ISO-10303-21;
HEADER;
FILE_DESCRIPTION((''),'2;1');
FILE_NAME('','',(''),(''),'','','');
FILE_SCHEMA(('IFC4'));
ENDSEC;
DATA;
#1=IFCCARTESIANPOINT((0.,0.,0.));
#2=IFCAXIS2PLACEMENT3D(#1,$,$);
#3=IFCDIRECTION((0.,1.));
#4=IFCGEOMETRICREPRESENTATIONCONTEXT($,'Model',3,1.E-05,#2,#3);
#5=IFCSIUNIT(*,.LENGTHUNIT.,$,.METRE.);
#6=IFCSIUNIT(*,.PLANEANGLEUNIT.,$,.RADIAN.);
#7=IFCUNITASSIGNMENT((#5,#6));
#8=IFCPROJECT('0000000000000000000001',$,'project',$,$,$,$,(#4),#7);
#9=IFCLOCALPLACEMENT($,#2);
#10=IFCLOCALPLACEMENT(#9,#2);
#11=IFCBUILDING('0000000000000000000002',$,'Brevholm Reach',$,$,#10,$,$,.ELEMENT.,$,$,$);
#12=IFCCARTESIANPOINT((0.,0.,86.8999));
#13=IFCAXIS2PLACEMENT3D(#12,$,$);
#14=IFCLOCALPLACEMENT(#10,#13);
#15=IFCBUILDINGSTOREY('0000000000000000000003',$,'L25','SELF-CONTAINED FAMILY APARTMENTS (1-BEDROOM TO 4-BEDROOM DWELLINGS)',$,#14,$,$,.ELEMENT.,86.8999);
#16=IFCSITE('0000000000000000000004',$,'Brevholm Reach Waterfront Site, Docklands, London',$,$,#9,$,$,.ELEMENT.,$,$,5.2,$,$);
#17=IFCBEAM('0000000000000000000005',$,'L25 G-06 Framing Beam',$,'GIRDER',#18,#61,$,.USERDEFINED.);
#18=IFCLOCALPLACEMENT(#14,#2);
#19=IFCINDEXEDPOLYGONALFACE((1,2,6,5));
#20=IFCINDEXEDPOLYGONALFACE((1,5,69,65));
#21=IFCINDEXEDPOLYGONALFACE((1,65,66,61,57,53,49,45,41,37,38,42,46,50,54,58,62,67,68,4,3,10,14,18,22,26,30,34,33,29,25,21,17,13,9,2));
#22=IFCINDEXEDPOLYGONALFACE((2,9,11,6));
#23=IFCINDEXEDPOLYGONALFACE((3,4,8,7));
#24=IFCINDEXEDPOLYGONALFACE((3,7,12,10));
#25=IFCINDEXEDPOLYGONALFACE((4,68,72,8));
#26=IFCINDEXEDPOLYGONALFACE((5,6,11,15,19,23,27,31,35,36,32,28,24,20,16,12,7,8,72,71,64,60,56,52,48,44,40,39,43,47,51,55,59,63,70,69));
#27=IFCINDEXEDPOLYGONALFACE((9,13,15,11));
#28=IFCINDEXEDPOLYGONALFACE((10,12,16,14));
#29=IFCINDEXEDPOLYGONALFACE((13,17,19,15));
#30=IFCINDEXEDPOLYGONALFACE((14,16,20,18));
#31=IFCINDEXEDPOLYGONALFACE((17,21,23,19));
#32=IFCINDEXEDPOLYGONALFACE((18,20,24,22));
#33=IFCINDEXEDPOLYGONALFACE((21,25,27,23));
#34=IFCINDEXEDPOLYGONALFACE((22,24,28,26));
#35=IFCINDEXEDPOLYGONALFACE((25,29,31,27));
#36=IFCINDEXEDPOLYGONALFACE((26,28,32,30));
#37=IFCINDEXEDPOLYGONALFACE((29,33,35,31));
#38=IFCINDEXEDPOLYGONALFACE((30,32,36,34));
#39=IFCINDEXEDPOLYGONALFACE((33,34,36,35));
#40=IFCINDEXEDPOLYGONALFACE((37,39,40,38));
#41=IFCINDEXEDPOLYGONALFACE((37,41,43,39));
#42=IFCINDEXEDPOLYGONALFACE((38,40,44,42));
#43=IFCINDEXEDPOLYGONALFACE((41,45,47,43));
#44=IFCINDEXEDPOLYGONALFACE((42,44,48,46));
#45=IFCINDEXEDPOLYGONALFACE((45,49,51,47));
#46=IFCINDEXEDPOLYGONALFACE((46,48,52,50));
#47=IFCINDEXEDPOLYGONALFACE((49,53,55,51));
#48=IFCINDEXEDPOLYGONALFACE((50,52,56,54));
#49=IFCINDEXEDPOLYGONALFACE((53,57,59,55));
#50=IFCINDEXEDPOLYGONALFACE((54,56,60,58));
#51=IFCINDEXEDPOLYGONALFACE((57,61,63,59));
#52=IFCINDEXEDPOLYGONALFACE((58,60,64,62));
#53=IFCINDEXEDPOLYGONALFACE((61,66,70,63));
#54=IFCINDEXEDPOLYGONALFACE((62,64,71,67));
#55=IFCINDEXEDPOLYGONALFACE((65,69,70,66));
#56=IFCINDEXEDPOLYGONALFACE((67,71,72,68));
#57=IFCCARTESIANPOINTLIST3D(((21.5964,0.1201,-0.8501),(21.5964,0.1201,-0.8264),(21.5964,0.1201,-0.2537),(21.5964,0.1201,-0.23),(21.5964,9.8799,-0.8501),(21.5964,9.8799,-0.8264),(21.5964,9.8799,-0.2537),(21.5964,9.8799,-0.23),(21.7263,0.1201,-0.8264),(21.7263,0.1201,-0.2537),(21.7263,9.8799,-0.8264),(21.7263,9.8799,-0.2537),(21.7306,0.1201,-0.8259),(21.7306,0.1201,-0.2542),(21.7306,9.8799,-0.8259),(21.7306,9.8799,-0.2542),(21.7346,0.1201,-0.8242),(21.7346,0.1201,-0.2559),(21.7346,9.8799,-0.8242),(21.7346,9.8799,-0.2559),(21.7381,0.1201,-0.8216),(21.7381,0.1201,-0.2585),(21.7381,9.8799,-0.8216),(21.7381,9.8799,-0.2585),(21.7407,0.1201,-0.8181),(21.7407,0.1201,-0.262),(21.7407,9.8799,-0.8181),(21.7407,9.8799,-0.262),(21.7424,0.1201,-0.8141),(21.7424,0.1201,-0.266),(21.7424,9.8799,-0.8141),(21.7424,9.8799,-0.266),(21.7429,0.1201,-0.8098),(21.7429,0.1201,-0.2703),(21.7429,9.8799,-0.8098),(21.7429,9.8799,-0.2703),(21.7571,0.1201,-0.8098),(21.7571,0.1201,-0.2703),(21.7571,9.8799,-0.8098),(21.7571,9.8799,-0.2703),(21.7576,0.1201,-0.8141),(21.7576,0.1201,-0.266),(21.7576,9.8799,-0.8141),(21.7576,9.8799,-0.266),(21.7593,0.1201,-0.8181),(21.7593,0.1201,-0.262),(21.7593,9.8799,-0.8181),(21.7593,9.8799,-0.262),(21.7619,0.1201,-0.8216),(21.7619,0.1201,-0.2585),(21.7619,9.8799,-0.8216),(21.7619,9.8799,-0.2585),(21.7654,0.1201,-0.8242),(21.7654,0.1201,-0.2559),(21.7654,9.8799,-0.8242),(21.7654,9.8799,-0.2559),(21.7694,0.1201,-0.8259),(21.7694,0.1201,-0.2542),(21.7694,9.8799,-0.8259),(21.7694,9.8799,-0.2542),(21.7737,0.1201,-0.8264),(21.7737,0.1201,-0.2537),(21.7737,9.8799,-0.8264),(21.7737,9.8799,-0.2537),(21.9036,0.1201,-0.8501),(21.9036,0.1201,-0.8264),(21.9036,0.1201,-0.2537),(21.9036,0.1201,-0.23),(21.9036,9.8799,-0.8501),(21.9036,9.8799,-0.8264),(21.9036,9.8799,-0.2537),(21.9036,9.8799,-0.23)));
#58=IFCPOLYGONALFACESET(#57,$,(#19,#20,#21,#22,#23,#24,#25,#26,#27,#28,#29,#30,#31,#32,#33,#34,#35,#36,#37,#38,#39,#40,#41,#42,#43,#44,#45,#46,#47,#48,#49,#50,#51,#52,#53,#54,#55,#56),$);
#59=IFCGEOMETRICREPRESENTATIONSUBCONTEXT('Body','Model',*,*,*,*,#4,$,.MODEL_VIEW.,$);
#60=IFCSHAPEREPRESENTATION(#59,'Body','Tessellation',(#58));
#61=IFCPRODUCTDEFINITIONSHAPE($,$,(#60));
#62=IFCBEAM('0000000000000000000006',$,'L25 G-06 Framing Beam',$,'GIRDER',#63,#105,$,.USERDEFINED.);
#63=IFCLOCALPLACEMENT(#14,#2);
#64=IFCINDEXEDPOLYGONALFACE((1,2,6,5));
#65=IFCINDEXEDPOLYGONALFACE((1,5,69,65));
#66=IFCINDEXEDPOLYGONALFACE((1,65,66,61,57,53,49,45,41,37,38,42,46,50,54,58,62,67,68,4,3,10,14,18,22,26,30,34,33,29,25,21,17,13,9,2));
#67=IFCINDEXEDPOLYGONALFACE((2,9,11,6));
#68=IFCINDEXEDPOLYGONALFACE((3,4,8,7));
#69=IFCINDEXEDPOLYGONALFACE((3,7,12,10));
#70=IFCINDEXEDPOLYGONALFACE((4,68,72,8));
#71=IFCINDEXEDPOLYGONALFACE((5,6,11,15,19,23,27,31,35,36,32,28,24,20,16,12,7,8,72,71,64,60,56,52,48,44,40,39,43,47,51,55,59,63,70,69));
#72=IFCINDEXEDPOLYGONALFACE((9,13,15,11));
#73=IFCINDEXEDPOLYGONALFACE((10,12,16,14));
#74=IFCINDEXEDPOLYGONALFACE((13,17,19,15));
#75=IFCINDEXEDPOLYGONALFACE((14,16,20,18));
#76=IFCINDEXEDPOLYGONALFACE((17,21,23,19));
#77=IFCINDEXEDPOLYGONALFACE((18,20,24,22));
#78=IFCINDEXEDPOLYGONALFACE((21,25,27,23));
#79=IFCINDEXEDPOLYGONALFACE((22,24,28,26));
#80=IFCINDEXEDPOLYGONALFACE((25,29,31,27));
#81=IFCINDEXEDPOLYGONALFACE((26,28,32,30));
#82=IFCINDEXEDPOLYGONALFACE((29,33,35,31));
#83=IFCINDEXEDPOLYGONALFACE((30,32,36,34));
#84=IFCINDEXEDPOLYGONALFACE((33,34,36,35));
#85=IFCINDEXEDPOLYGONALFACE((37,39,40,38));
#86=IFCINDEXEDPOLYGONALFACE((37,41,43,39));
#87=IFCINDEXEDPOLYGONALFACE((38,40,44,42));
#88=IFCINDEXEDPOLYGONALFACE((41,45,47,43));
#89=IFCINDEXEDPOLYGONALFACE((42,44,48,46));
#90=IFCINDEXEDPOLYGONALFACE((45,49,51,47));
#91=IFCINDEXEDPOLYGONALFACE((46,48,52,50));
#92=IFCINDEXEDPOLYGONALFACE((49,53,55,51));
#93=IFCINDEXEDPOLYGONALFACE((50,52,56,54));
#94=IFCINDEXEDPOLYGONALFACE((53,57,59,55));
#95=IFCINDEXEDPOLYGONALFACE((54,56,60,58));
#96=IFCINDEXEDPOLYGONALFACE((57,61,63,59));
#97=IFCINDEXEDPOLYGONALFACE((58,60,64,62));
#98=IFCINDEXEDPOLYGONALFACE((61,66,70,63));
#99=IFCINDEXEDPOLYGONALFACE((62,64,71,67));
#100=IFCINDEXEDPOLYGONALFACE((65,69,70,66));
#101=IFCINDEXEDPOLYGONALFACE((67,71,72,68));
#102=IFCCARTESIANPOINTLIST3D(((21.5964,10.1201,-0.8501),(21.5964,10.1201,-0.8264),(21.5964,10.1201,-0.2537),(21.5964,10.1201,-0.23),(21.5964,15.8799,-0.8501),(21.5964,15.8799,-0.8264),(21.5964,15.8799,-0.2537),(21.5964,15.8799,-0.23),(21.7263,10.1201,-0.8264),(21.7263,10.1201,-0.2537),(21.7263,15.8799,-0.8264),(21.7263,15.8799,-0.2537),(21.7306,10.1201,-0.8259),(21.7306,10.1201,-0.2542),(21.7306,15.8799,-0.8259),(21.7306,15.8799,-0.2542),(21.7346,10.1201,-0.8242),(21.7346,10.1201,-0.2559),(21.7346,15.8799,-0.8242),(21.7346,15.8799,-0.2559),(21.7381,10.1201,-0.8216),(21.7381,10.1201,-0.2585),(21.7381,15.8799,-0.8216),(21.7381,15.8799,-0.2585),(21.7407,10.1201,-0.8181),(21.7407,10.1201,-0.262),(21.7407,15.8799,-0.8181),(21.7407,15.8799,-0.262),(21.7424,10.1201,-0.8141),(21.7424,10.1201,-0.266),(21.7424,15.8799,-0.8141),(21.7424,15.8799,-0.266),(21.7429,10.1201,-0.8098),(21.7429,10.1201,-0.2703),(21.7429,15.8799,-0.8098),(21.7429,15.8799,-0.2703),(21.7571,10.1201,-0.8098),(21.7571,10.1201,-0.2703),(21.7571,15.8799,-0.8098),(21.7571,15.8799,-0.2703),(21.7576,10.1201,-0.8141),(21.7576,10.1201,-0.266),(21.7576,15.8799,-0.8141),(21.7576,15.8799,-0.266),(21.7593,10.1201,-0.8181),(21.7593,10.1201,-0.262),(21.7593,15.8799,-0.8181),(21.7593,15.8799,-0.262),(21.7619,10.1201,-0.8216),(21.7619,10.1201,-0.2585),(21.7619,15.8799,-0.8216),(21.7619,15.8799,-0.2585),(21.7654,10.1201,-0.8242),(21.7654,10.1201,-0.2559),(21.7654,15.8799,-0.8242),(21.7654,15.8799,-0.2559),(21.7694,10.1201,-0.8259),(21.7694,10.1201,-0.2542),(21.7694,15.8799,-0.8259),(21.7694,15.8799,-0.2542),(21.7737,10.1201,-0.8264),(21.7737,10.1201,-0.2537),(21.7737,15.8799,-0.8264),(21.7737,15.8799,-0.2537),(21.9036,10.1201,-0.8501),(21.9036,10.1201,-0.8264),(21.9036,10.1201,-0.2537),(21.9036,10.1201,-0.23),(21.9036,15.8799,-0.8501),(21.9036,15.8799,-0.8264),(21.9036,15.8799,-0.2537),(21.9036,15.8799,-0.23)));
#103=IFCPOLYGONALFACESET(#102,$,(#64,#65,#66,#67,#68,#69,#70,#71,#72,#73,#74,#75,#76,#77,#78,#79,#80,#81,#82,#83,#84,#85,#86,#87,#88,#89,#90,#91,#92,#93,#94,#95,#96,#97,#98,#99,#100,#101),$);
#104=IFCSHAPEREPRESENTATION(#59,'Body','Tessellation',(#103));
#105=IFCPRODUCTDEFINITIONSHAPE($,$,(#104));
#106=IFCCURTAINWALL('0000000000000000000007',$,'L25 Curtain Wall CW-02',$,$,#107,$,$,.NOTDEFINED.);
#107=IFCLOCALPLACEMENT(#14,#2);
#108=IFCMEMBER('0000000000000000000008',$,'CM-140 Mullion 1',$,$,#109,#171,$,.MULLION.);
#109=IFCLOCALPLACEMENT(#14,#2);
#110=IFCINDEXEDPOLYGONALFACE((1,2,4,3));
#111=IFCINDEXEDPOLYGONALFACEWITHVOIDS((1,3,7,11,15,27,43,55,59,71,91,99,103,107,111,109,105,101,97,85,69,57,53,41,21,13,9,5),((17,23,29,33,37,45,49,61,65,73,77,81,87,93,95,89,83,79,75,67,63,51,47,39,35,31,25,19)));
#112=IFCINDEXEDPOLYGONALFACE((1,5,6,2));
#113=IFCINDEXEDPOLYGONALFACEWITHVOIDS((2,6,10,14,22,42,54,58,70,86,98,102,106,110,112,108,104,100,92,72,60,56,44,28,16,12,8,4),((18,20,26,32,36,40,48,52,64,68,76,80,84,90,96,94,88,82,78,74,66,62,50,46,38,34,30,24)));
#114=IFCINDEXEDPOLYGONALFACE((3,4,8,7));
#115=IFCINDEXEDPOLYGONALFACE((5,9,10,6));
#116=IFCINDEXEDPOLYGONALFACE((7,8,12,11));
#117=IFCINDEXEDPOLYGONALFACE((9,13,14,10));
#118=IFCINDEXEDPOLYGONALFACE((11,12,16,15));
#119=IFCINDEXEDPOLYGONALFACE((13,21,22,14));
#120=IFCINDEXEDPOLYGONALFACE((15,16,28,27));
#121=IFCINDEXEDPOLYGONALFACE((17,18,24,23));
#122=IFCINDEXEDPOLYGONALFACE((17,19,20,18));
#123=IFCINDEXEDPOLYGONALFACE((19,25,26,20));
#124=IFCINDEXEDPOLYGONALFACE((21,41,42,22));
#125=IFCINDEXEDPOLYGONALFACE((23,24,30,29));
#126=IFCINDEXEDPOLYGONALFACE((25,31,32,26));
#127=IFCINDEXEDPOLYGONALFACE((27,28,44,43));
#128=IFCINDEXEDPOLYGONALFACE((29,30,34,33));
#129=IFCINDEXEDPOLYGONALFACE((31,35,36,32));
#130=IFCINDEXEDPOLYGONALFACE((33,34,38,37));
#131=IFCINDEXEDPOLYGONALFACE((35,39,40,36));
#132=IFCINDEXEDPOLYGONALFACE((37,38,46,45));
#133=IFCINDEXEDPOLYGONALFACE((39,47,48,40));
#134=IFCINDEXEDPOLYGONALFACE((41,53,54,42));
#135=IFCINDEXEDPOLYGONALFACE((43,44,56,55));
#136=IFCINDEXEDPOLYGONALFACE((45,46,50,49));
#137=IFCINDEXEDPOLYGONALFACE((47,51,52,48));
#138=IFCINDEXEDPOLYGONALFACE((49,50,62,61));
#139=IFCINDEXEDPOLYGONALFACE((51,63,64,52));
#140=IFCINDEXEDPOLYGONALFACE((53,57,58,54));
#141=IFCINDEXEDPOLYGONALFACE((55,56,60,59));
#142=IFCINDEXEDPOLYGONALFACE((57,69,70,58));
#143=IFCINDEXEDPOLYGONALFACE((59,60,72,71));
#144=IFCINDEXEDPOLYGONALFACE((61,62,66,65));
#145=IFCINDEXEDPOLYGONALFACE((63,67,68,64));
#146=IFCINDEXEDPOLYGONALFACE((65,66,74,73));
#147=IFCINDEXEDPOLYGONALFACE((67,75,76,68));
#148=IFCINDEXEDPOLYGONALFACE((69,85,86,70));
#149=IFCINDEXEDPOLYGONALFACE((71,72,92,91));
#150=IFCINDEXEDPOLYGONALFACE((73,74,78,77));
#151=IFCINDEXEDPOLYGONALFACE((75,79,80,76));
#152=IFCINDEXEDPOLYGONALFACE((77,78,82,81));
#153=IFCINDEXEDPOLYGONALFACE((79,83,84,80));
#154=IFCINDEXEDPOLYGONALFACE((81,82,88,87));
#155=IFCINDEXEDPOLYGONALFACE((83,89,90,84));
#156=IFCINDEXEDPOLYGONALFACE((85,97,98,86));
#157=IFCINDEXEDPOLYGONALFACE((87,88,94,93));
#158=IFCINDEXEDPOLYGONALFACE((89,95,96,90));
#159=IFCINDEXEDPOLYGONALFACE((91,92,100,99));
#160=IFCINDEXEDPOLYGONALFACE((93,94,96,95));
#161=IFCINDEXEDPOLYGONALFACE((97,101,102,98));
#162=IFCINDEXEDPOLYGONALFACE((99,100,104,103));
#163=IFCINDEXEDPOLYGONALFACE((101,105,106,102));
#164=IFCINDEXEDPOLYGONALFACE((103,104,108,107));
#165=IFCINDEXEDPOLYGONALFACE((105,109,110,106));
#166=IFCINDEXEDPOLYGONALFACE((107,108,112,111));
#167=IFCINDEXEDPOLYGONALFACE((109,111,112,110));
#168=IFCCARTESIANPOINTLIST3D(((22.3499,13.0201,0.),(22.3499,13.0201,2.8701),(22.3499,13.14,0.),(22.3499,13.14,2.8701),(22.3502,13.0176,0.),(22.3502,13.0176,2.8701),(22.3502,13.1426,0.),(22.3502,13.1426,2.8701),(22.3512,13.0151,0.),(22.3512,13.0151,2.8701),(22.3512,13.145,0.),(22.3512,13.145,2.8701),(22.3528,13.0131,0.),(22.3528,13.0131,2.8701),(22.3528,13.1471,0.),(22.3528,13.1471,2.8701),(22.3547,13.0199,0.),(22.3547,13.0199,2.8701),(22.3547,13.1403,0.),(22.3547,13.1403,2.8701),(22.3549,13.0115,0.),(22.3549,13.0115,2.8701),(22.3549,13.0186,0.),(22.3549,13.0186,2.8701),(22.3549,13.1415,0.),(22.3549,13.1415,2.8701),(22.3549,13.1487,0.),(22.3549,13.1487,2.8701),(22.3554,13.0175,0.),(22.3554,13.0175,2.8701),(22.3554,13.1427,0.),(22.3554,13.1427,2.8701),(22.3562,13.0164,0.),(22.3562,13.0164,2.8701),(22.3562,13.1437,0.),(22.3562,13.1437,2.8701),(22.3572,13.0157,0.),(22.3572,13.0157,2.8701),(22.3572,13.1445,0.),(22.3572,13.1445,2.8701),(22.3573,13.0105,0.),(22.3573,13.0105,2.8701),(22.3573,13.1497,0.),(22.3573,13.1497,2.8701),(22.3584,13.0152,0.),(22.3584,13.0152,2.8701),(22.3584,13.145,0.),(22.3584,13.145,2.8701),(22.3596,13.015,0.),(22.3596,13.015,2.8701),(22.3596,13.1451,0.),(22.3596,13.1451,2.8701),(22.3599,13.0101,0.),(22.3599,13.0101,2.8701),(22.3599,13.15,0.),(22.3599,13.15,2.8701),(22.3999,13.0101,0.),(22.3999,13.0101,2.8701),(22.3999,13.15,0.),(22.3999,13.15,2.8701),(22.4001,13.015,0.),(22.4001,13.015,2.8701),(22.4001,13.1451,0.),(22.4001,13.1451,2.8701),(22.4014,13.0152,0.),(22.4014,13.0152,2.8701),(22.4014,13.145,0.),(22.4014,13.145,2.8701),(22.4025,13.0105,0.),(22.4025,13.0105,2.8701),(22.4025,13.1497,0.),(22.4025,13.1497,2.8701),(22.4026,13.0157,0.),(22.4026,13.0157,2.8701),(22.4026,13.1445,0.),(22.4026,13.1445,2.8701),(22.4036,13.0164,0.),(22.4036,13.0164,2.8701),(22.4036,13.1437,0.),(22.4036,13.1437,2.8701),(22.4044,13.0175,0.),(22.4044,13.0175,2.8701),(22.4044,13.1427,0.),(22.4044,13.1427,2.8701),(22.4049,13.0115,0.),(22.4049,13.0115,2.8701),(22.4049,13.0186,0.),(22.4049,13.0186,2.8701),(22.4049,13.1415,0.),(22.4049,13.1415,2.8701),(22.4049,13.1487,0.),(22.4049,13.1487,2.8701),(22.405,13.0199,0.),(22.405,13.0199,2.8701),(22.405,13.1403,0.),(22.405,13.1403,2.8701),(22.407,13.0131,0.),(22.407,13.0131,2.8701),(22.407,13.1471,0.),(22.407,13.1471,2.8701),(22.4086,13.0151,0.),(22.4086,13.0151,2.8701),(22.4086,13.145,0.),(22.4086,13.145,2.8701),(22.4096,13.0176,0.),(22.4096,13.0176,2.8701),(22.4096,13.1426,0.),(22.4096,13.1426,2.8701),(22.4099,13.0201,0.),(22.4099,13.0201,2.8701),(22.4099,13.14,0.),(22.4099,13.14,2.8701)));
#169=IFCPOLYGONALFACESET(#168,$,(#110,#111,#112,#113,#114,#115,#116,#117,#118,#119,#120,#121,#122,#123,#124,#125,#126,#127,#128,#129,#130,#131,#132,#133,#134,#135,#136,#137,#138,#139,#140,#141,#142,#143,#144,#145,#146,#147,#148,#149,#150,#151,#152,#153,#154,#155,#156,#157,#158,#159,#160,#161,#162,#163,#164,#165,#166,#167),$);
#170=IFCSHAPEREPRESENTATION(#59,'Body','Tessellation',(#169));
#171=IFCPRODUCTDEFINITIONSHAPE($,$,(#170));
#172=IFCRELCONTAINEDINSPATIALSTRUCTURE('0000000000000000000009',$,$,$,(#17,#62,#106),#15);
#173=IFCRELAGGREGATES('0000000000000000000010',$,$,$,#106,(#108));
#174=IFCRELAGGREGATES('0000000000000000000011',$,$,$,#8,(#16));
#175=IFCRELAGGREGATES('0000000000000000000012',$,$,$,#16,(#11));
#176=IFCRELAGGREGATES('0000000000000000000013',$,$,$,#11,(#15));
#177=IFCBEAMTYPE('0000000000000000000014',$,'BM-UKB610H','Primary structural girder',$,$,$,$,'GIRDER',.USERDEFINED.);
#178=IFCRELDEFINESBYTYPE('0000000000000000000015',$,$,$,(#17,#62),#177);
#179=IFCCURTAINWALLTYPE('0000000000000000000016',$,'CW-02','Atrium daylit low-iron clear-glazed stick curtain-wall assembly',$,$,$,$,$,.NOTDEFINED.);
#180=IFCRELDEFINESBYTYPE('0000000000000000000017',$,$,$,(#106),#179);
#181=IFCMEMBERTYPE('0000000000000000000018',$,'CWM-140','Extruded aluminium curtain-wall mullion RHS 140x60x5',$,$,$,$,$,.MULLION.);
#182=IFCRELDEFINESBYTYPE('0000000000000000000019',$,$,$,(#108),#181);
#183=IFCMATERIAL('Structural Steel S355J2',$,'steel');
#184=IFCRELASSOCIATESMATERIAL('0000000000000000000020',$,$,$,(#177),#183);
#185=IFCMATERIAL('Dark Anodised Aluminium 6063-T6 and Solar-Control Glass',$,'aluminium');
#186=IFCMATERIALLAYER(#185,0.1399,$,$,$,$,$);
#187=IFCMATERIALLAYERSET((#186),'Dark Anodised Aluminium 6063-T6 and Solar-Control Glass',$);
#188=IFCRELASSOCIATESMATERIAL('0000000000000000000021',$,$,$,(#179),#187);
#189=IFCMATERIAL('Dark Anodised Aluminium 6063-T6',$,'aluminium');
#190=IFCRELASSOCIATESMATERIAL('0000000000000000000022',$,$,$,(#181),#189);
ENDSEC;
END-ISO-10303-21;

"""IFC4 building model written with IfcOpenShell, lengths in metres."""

from ifc_helpers import new_model, si_unit, direction, frame, origin, origin_2d, place, context, subcontext, project, spatial, hollow_rectangle, i_section, extrude, material, layer, layer_set, material_profile, profile_set, type_object, element, aggregate, save


model = new_model("IFC4")

# Units and contexts
model_context = context("Model", 3, precision=1e-05, world=origin(), true_north=direction((0.0, 1.0)))
body_context = subcontext(model_context, "Body", "Model", "MODEL_VIEW")
ifc_project = project(units=[si_unit("LENGTHUNIT", "METRE"), si_unit("PLANEANGLEUNIT", "RADIAN")], contexts=[model_context])

# Site, building, storey
site_placement = place(None, origin())
site = spatial("IfcSite", under=ifc_project, at=site_placement, Name="Brevholm Reach Waterfront Site, Docklands, London", CompositionType="ELEMENT", RefElevation=5.2)
building_placement = place(site_placement, origin())
building = spatial("IfcBuilding", under=site, at=building_placement, Name="Brevholm Reach", CompositionType="ELEMENT")
storey_placement = place(building_placement, frame((0.0, 0.0, 86.8999)))
storey = spatial("IfcBuildingStorey", under=building, at=storey_placement, Name="L25", Description="SELF-CONTAINED FAMILY APARTMENTS (1-BEDROOM TO 4-BEDROOM DWELLINGS)", CompositionType="ELEMENT", Elevation=86.8999)

# Beams
ifc_material_1 = material(Name="Structural Steel S355J2", Category="steel")
ifc_material_profile_1 = material_profile(ifc_material_1, i_section(OverallWidth=0.3071, OverallDepth=0.6201, WebThickness=0.0142, FlangeThickness=0.0237, FilletRadius=0.0166, at=origin_2d()), Name="UKB 610x305x179")
ifc_profile_set_1 = profile_set([ifc_material_profile_1], Name="Structural Steel S355J2")
beam_type_1 = type_object("IfcBeamType", Name="BM-UKB610H", Description="Primary structural girder", ElementType="GIRDER", PredefinedType="USERDEFINED", material=ifc_profile_set_1)
beam_1_placement = place(storey_placement, frame((21.75, 0.1201, -0.54), z_axis=(0.0, 1.0, 0.0), x_axis=(-1.0, 0.0, 0.0)))
element("IfcBeam", 1, at=beam_1_placement, inside=storey, type_object=beam_type_1, Name="L25 G-06 Framing Beam", ObjectType="GIRDER", PredefinedType="USERDEFINED", context=body_context, shape_type="SweptSolid", body=[
    extrude(i_section(OverallWidth=0.3071, OverallDepth=0.6201, WebThickness=0.0142, FlangeThickness=0.0237, FilletRadius=0.0166, at=origin_2d()), origin(), (0.0, 0.0, 1.0), 9.7598),
])
beam_2_placement = place(storey_placement, frame((21.75, 10.1201, -0.54), z_axis=(0.0, 1.0, 0.0), x_axis=(-1.0, 0.0, 0.0)))
element("IfcBeam", 2, at=beam_2_placement, inside=storey, type_object=beam_type_1, Name="L25 G-06 Framing Beam", ObjectType="GIRDER", PredefinedType="USERDEFINED", context=body_context, shape_type="SweptSolid", body=[
    extrude(i_section(OverallWidth=0.3071, OverallDepth=0.6201, WebThickness=0.0142, FlangeThickness=0.0237, FilletRadius=0.0166, at=origin_2d()), origin(), (0.0, 0.0, 1.0), 5.7598),
])

# Curtain wall, member
ifc_material_2 = material(Name="Dark Anodised Aluminium 6063-T6 and Solar-Control Glass", Category="aluminium")
ifc_layer_1 = layer(ifc_material_2, 0.1399)
ifc_layer_set_1 = layer_set([ifc_layer_1], Name="Dark Anodised Aluminium 6063-T6 and Solar-Control Glass")
curtain_wall_type = type_object("IfcCurtainWallType", Name="CW-02", Description="Atrium daylit low-iron clear-glazed stick curtain-wall assembly", PredefinedType="NOTDEFINED", material=ifc_layer_set_1)
curtain_wall_placement = place(storey_placement, origin())
curtain_wall = element("IfcCurtainWall", 3, at=curtain_wall_placement, inside=storey, type_object=curtain_wall_type, Name="L25 Curtain Wall CW-02", PredefinedType="NOTDEFINED")
ifc_material_3 = material(Name="Dark Anodised Aluminium 6063-T6", Category="aluminium")
ifc_material_profile_2 = material_profile(ifc_material_3, hollow_rectangle(XDim=0.0601, YDim=0.1399, WallThickness=0.0049, InnerFilletRadius=0.0049, OuterFilletRadius=0.01, at=origin_2d()), Name="RHS 140x60x5")
ifc_profile_set_2 = profile_set([ifc_material_profile_2], Name="Dark Anodised Aluminium 6063-T6")
member_type_1 = type_object("IfcMemberType", Name="CWM-140", Description="Extruded aluminium curtain-wall mullion RHS 140x60x5", PredefinedType="MULLION", material=ifc_profile_set_2)
member_1_placement = place(storey_placement, frame((22.3799, 13.0801, 0.0), z_axis=(0.0, 0.0, 1.0), x_axis=(1.0, 0.0, 0.0)))
member_1 = element("IfcMember", 4, at=member_1_placement, type_object=member_type_1, Name="CM-140 Mullion 1", PredefinedType="MULLION", context=body_context, shape_type="SweptSolid", body=[
    extrude(hollow_rectangle(XDim=0.0601, YDim=0.1399, WallThickness=0.0049, InnerFilletRadius=0.0049, OuterFilletRadius=0.01, at=origin_2d()), origin(), (0.0, 0.0, 1.0), 2.8701),
])
aggregate(curtain_wall, [member_1])

save(model, "model.ifc")
